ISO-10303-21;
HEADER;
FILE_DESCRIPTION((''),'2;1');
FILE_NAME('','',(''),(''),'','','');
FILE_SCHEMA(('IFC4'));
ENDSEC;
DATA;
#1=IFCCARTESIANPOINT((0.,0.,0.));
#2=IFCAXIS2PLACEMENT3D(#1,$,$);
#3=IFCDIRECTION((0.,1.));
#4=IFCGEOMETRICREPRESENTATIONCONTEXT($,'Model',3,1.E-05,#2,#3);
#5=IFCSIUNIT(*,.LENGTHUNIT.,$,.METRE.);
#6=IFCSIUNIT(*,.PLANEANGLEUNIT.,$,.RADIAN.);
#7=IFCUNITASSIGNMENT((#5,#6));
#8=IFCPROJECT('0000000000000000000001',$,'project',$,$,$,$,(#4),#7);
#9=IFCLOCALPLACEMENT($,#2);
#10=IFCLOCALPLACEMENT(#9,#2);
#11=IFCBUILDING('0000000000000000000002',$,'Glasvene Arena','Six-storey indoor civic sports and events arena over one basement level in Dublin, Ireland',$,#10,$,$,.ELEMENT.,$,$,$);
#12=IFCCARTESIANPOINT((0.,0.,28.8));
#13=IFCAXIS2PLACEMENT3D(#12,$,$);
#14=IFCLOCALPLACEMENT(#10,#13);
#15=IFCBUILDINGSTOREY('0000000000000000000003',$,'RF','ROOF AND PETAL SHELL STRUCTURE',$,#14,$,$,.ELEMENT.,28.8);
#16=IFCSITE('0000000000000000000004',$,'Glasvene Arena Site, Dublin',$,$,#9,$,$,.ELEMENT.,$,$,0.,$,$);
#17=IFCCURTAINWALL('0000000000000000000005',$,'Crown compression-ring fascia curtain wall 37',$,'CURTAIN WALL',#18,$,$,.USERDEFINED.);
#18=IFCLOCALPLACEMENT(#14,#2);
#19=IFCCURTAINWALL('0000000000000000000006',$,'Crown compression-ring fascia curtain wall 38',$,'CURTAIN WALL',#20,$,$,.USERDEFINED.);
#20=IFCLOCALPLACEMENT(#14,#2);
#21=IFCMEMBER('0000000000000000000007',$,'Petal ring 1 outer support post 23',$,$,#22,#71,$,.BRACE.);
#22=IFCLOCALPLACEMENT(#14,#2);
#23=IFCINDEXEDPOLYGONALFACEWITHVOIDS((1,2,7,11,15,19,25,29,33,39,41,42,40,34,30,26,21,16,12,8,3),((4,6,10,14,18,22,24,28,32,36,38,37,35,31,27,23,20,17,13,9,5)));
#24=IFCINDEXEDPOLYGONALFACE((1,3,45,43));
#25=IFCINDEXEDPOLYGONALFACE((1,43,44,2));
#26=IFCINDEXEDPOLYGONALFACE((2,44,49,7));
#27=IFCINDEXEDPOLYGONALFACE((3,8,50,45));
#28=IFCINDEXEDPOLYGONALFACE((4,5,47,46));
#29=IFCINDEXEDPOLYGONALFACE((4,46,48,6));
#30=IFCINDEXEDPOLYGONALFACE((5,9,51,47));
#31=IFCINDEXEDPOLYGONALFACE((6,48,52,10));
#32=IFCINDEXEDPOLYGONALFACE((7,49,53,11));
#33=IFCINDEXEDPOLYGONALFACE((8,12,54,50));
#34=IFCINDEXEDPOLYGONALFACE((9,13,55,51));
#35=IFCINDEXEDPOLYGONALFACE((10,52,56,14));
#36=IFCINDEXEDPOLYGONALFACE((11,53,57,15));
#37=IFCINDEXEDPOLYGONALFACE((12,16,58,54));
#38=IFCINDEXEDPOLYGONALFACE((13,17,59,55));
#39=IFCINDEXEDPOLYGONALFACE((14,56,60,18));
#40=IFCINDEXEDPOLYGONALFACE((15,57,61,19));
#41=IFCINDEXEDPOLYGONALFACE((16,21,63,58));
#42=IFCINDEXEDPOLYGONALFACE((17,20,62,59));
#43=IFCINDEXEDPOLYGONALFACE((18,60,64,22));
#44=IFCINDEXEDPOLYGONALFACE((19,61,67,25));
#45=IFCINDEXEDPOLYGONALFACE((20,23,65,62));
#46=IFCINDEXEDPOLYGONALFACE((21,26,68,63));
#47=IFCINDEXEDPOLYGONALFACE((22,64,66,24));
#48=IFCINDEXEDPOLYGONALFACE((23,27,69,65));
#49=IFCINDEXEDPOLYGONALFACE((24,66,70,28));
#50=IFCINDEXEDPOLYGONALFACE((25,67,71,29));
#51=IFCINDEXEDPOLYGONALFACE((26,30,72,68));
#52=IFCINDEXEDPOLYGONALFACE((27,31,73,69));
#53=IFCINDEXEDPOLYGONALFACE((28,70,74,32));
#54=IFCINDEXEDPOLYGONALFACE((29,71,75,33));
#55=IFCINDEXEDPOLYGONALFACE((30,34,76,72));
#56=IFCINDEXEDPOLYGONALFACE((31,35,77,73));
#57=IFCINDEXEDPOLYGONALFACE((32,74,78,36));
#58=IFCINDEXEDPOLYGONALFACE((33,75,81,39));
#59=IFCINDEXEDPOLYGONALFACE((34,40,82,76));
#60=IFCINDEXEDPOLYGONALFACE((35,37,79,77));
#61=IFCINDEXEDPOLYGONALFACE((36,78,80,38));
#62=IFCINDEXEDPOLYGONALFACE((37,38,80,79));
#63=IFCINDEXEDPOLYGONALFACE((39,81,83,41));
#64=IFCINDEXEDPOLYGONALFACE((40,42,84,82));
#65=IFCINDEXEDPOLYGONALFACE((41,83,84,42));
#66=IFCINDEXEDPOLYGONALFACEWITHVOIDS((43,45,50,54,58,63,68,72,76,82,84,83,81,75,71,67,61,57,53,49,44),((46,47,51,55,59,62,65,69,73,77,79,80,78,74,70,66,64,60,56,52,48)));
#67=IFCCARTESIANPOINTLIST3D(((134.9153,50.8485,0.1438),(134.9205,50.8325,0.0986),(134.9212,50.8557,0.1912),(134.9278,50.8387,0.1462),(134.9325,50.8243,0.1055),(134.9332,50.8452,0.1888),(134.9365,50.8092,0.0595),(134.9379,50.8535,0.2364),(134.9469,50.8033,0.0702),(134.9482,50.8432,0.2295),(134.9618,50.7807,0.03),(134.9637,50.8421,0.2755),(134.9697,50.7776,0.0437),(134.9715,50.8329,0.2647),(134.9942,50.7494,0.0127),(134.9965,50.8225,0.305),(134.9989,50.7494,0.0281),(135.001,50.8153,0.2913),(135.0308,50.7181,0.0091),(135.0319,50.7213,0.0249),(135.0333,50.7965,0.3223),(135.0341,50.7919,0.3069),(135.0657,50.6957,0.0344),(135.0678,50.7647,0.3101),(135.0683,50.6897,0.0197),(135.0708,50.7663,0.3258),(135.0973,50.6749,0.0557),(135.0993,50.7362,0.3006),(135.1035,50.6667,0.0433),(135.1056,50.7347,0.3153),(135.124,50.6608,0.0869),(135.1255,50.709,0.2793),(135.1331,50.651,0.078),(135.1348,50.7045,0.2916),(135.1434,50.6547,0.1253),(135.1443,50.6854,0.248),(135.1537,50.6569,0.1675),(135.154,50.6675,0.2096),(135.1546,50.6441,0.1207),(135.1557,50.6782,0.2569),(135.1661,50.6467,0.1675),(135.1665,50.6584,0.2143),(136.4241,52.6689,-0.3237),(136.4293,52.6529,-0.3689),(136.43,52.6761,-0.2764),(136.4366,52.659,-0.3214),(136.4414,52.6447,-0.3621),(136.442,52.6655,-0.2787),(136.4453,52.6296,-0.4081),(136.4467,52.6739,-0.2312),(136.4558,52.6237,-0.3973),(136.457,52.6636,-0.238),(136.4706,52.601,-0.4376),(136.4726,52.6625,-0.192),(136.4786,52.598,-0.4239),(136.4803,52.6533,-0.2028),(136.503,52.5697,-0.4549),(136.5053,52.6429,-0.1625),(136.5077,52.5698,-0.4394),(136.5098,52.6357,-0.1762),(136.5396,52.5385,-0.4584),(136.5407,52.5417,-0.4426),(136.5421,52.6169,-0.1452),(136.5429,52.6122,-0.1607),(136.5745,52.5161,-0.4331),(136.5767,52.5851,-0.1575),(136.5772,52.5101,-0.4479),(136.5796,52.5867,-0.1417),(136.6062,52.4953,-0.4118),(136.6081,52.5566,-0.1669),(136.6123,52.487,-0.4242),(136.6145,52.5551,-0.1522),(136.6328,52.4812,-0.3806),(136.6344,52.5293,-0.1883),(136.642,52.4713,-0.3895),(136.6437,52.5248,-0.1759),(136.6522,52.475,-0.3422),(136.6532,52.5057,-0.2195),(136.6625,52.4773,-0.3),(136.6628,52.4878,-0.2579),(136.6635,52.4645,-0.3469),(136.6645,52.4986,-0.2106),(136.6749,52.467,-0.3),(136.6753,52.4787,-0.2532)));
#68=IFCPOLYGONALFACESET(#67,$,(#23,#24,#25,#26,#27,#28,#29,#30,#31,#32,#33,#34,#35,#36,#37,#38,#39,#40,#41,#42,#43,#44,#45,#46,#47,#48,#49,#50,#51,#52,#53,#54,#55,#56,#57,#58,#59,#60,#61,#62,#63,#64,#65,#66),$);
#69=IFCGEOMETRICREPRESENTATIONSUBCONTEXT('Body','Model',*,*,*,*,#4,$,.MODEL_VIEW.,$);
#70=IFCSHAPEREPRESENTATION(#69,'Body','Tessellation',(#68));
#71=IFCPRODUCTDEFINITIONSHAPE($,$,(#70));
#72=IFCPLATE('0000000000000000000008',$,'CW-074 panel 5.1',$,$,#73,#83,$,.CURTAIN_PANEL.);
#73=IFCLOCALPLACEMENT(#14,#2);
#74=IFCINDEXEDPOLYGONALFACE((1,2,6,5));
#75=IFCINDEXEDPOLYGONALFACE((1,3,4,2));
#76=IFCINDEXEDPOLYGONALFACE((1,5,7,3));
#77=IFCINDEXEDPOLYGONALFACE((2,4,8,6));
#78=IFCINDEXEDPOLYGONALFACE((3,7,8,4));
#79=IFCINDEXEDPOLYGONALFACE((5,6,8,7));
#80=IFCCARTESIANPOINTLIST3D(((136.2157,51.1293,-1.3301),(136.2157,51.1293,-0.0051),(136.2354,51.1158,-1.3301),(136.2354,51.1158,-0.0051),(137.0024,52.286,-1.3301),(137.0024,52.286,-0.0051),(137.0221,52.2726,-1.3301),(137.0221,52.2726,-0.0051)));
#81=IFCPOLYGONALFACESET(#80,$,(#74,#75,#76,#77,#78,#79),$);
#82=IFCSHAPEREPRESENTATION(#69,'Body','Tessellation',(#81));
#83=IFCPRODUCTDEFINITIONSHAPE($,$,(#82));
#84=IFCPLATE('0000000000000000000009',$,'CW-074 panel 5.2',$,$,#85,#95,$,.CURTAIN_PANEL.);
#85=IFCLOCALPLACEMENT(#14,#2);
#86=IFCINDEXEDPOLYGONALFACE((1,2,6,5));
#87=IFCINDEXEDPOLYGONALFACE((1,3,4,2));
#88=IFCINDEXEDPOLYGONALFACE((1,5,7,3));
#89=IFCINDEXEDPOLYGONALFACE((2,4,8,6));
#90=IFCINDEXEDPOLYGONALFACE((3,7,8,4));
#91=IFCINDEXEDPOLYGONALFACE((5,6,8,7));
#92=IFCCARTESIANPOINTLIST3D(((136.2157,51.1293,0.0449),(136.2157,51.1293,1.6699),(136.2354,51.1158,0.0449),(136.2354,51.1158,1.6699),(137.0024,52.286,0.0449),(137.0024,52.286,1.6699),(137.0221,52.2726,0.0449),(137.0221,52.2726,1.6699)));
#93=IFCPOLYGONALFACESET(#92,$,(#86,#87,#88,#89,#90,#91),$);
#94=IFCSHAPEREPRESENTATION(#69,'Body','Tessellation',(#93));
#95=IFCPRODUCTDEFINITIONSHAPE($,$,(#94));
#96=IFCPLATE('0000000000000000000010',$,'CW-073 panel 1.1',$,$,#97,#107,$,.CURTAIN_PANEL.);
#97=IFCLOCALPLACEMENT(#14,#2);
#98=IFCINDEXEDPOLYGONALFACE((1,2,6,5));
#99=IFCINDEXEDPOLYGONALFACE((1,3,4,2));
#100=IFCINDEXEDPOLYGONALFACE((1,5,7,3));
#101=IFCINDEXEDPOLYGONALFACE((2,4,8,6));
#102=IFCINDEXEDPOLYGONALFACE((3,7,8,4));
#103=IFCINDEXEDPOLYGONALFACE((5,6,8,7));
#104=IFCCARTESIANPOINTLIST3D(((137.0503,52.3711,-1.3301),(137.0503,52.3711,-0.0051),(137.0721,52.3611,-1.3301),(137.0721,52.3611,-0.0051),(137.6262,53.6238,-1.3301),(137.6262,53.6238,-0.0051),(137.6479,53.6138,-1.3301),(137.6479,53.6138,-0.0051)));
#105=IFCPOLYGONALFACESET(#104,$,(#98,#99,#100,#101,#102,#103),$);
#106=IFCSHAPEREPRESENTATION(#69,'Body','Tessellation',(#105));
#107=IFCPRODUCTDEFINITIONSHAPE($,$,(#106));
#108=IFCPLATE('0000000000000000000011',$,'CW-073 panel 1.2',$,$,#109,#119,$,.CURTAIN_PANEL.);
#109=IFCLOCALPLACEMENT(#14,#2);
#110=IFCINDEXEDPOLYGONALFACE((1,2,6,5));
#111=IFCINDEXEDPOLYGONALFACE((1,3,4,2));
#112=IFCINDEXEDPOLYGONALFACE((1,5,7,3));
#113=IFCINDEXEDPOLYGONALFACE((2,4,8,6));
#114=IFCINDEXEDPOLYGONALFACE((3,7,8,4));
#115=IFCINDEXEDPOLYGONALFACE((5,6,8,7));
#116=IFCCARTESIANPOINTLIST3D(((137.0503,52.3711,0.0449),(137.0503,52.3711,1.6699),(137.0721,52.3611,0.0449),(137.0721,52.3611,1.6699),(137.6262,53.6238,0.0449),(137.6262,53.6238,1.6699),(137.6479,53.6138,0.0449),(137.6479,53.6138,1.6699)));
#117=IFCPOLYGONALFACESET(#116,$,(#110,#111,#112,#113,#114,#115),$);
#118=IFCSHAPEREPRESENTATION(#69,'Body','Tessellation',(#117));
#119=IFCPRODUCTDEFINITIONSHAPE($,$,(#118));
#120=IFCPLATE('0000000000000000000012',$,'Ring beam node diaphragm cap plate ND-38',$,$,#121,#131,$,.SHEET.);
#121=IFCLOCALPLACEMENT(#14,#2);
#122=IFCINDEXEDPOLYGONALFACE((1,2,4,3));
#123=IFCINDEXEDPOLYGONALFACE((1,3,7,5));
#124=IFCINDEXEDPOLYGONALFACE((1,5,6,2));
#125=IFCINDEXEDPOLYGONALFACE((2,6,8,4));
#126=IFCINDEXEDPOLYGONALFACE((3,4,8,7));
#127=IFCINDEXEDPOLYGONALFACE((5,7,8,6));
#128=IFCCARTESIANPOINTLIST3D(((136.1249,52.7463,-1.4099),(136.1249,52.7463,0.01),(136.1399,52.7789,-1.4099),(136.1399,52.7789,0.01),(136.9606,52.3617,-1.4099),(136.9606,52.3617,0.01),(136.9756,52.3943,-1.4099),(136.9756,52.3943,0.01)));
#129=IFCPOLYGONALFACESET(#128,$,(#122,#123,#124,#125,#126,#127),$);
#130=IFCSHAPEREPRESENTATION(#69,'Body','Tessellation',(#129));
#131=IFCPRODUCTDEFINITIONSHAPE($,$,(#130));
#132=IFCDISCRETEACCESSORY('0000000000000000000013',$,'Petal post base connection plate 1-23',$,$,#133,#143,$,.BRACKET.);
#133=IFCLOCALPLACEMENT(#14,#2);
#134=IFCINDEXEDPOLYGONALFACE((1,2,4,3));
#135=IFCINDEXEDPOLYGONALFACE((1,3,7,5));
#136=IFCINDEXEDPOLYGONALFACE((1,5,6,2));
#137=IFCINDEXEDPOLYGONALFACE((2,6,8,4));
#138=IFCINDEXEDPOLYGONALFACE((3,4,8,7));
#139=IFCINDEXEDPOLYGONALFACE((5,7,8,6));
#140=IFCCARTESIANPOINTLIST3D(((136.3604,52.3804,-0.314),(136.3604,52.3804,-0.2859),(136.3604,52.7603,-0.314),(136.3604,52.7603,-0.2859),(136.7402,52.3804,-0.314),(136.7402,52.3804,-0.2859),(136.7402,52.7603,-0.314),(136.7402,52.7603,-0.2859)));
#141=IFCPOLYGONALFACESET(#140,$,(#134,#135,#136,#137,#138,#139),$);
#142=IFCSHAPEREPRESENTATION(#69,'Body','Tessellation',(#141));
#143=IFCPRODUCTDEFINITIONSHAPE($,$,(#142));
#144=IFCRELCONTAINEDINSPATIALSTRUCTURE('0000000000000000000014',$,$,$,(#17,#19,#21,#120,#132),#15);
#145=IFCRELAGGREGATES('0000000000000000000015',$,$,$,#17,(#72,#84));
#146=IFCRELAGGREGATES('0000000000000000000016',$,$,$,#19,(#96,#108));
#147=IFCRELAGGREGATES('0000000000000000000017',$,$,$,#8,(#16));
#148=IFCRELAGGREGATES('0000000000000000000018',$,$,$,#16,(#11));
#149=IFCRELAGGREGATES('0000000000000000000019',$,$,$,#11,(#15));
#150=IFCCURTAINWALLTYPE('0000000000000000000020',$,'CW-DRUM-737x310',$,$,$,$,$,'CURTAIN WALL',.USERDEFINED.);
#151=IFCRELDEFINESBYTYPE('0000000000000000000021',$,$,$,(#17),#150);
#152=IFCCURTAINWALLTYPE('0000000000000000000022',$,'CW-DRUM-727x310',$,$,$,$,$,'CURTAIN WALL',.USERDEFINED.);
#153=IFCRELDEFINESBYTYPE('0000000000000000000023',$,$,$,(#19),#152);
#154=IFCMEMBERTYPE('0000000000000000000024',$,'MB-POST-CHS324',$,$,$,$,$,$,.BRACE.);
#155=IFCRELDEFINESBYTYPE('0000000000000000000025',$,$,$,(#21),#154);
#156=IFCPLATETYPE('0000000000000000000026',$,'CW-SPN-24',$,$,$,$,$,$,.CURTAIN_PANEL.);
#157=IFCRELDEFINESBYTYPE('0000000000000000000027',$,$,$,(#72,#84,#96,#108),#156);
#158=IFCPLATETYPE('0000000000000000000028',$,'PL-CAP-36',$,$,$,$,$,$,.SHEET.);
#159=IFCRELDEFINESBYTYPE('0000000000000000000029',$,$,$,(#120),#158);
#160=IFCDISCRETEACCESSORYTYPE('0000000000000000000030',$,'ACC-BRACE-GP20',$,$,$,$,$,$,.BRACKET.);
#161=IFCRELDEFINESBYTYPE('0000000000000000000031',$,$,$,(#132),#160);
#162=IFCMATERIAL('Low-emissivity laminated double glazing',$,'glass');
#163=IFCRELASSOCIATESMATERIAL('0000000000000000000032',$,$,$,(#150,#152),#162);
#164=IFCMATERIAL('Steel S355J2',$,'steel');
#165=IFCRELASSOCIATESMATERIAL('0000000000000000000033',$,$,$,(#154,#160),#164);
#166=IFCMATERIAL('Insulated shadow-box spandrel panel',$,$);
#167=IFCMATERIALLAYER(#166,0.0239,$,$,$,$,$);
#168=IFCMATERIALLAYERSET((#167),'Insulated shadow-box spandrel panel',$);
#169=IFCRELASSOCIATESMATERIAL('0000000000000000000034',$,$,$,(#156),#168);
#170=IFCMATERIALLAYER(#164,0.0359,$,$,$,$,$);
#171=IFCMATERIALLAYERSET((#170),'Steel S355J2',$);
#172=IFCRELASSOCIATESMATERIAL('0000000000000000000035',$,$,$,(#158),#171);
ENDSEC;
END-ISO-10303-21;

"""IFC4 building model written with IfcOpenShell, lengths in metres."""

from ifc_helpers import new_model, si_unit, direction, frame, origin, origin_2d, place, context, subcontext, project, spatial, rectangle, hollow_circle, extrude, material, layer, layer_set, material_profile, profile_set, type_object, element, aggregate, save


model = new_model("IFC4")

# Units and contexts
model_context = context("Model", 3, precision=1e-05, world=origin(), true_north=direction((0.0, 1.0)))
body_context = subcontext(model_context, "Body", "Model", "MODEL_VIEW")
ifc_project = project(units=[si_unit("LENGTHUNIT", "METRE"), si_unit("PLANEANGLEUNIT", "RADIAN")], contexts=[model_context])

# Site, building, storey
site_placement = place(None, origin())
site = spatial("IfcSite", under=ifc_project, at=site_placement, Name="Glasvene Arena Site, Dublin", CompositionType="ELEMENT", RefElevation=0.0)
building_placement = place(site_placement, origin())
building = spatial("IfcBuilding", under=site, at=building_placement, Name="Glasvene Arena", Description="Six-storey indoor civic sports and events arena over one basement level in Dublin, Ireland", CompositionType="ELEMENT")
storey_placement = place(building_placement, frame((0.0, 0.0, 28.8)))
storey = spatial("IfcBuildingStorey", under=building, at=storey_placement, Name="RF", Description="ROOF AND PETAL SHELL STRUCTURE", CompositionType="ELEMENT", Elevation=28.8)

# Shared definitions
ifc_material_1 = material(Name="Steel S355J2", Category="steel")

# Curtain wall
ifc_material_2 = material(Name="Low-emissivity laminated double glazing", Category="glass")
curtain_wall_type_1 = type_object("IfcCurtainWallType", Name="CW-DRUM-737x310", ElementType="CURTAIN WALL", PredefinedType="USERDEFINED", material=ifc_material_2)
curtain_wall_1_placement = place(storey_placement, frame((132.8958, 46.2263, 0.0)))
curtain_wall_1 = element("IfcCurtainWall", 1, at=curtain_wall_1_placement, inside=storey, type_object=curtain_wall_type_1, Name="Crown compression-ring fascia curtain wall 37", ObjectType="CURTAIN WALL", PredefinedType="USERDEFINED")

# Curtain wall
curtain_wall_type_2 = type_object("IfcCurtainWallType", Name="CW-DRUM-727x310", ElementType="CURTAIN WALL", PredefinedType="USERDEFINED", material=ifc_material_2)
curtain_wall_2_placement = place(storey_placement, frame((137.0403, 52.3208, 0.0)))
curtain_wall_2 = element("IfcCurtainWall", 2, at=curtain_wall_2_placement, inside=storey, type_object=curtain_wall_type_2, Name="Crown compression-ring fascia curtain wall 38", ObjectType="CURTAIN WALL", PredefinedType="USERDEFINED")

# Member
ifc_material_profile_1 = material_profile(ifc_material_1, hollow_circle(Radius=0.1619, WallThickness=0.0161, at=origin_2d()), Name="CHS 323.9x16.0")
ifc_profile_set_1 = profile_set([ifc_material_profile_1], Name="Steel S355J2")
member_type_1 = type_object("IfcMemberType", Name="MB-POST-CHS324", PredefinedType="BRACE", material=ifc_profile_set_1)
member_1_placement = place(storey_placement, frame((136.5503, 52.5703, -0.3), z_axis=(-0.626028, -0.755286, 0.193988), x_axis=(0.769911, -0.638151, 0.0)))
element("IfcMember", 3, at=member_1_placement, inside=storey, type_object=member_type_1, Name="Petal ring 1 outer support post 23", PredefinedType="BRACE", context=body_context, shape_type="SweptSolid", body=[
    extrude(hollow_circle(Radius=0.1619, WallThickness=0.0161, at=origin_2d()), origin(), (0.0, 0.0, 1.0), 2.4102),
])

# Plates
ifc_material_3 = material(Name="Insulated shadow-box spandrel panel")
ifc_layer_1 = layer(ifc_material_3, 0.0239)
ifc_layer_set_1 = layer_set([ifc_layer_1], Name="Insulated shadow-box spandrel panel")
plate_type_1 = type_object("IfcPlateType", Name="CW-SPN-24", PredefinedType="CURTAIN_PANEL", material=ifc_layer_set_1)
plate_1_placement = place(storey_placement, frame((136.6189, 51.7009, -1.3301), z_axis=(0.0, 0.0, 1.0), x_axis=(0.562354, 0.826896, 0.0)))
plate_1 = element("IfcPlate", 4, at=plate_1_placement, type_object=plate_type_1, Name="CW-074 panel 5.1", PredefinedType="CURTAIN_PANEL", context=body_context, shape_type="SweptSolid", body=[
    extrude(rectangle(XDim=1.3989, YDim=0.0239, at=origin_2d()), origin(), (0.0, 0.0, 1.0), 1.325),
])
plate_2_placement = place(storey_placement, frame((136.6189, 51.7009, 0.0449), z_axis=(0.0, 0.0, 1.0), x_axis=(0.562354, 0.826896, 0.0)))
plate_2 = element("IfcPlate", 5, at=plate_2_placement, type_object=plate_type_1, Name="CW-074 panel 5.2", PredefinedType="CURTAIN_PANEL", context=body_context, shape_type="SweptSolid", body=[
    extrude(rectangle(XDim=1.3989, YDim=0.0239, at=origin_2d()), origin(), (0.0, 0.0, 1.0), 1.625),
])
aggregate(curtain_wall_1, [plate_1, plate_2])
plate_3_placement = place(storey_placement, frame((137.3491, 52.9924, -1.3301), z_axis=(0.0, 0.0, 1.0), x_axis=(0.417661, 0.908603, 0.0)))
plate_3 = element("IfcPlate", 6, at=plate_3_placement, type_object=plate_type_1, Name="CW-073 panel 1.1", PredefinedType="CURTAIN_PANEL", context=body_context, shape_type="SweptSolid", body=[
    extrude(rectangle(XDim=1.3787, YDim=0.0239, at=origin_2d()), origin(), (0.0, 0.0, 1.0), 1.325),
])
plate_4_placement = place(storey_placement, frame((137.3491, 52.9924, 0.0449), z_axis=(0.0, 0.0, 1.0), x_axis=(0.417661, 0.908603, 0.0)))
plate_4 = element("IfcPlate", 7, at=plate_4_placement, type_object=plate_type_1, Name="CW-073 panel 1.2", PredefinedType="CURTAIN_PANEL", context=body_context, shape_type="SweptSolid", body=[
    extrude(rectangle(XDim=1.3787, YDim=0.0239, at=origin_2d()), origin(), (0.0, 0.0, 1.0), 1.625),
])
aggregate(curtain_wall_2, [plate_3, plate_4])
ifc_layer_2 = layer(ifc_material_1, 0.0359)
ifc_layer_set_2 = layer_set([ifc_layer_2], Name="Steel S355J2")
plate_type_2 = type_object("IfcPlateType", Name="PL-CAP-36", PredefinedType="SHEET", material=ifc_layer_set_2)
plate_5_placement = place(storey_placement, frame((136.5503, 52.5703, -1.4099), z_axis=(0.0, 0.0, 1.0), x_axis=(0.418026, 0.908435, 0.0)))
element("IfcPlate", 8, at=plate_5_placement, inside=storey, type_object=plate_type_2, Name="Ring beam node diaphragm cap plate ND-38", PredefinedType="SHEET", context=body_context, shape_type="SweptSolid", body=[
    extrude(rectangle(XDim=0.0359, YDim=0.9199, at=origin_2d()), origin(), (0.0, 0.0, 1.0), 1.4199),
])

# Discrete accessory
discrete_accessory_type = type_object("IfcDiscreteAccessoryType", Name="ACC-BRACE-GP20", PredefinedType="BRACKET", material=ifc_material_1)
discrete_accessory_placement = place(storey_placement, frame((136.5503, 52.5703, -0.314), z_axis=(0.0, 0.0, 1.0), x_axis=(1.0, 0.0, 0.0)))
element("IfcDiscreteAccessory", 9, at=discrete_accessory_placement, inside=storey, type_object=discrete_accessory_type, Name="Petal post base connection plate 1-23", PredefinedType="BRACKET", context=body_context, shape_type="SweptSolid", body=[
    extrude(rectangle(XDim=0.3799, YDim=0.3799, at=origin_2d()), origin(), (0.0, 0.0, 1.0), 0.0281),
])

save(model, "model.ifc")
